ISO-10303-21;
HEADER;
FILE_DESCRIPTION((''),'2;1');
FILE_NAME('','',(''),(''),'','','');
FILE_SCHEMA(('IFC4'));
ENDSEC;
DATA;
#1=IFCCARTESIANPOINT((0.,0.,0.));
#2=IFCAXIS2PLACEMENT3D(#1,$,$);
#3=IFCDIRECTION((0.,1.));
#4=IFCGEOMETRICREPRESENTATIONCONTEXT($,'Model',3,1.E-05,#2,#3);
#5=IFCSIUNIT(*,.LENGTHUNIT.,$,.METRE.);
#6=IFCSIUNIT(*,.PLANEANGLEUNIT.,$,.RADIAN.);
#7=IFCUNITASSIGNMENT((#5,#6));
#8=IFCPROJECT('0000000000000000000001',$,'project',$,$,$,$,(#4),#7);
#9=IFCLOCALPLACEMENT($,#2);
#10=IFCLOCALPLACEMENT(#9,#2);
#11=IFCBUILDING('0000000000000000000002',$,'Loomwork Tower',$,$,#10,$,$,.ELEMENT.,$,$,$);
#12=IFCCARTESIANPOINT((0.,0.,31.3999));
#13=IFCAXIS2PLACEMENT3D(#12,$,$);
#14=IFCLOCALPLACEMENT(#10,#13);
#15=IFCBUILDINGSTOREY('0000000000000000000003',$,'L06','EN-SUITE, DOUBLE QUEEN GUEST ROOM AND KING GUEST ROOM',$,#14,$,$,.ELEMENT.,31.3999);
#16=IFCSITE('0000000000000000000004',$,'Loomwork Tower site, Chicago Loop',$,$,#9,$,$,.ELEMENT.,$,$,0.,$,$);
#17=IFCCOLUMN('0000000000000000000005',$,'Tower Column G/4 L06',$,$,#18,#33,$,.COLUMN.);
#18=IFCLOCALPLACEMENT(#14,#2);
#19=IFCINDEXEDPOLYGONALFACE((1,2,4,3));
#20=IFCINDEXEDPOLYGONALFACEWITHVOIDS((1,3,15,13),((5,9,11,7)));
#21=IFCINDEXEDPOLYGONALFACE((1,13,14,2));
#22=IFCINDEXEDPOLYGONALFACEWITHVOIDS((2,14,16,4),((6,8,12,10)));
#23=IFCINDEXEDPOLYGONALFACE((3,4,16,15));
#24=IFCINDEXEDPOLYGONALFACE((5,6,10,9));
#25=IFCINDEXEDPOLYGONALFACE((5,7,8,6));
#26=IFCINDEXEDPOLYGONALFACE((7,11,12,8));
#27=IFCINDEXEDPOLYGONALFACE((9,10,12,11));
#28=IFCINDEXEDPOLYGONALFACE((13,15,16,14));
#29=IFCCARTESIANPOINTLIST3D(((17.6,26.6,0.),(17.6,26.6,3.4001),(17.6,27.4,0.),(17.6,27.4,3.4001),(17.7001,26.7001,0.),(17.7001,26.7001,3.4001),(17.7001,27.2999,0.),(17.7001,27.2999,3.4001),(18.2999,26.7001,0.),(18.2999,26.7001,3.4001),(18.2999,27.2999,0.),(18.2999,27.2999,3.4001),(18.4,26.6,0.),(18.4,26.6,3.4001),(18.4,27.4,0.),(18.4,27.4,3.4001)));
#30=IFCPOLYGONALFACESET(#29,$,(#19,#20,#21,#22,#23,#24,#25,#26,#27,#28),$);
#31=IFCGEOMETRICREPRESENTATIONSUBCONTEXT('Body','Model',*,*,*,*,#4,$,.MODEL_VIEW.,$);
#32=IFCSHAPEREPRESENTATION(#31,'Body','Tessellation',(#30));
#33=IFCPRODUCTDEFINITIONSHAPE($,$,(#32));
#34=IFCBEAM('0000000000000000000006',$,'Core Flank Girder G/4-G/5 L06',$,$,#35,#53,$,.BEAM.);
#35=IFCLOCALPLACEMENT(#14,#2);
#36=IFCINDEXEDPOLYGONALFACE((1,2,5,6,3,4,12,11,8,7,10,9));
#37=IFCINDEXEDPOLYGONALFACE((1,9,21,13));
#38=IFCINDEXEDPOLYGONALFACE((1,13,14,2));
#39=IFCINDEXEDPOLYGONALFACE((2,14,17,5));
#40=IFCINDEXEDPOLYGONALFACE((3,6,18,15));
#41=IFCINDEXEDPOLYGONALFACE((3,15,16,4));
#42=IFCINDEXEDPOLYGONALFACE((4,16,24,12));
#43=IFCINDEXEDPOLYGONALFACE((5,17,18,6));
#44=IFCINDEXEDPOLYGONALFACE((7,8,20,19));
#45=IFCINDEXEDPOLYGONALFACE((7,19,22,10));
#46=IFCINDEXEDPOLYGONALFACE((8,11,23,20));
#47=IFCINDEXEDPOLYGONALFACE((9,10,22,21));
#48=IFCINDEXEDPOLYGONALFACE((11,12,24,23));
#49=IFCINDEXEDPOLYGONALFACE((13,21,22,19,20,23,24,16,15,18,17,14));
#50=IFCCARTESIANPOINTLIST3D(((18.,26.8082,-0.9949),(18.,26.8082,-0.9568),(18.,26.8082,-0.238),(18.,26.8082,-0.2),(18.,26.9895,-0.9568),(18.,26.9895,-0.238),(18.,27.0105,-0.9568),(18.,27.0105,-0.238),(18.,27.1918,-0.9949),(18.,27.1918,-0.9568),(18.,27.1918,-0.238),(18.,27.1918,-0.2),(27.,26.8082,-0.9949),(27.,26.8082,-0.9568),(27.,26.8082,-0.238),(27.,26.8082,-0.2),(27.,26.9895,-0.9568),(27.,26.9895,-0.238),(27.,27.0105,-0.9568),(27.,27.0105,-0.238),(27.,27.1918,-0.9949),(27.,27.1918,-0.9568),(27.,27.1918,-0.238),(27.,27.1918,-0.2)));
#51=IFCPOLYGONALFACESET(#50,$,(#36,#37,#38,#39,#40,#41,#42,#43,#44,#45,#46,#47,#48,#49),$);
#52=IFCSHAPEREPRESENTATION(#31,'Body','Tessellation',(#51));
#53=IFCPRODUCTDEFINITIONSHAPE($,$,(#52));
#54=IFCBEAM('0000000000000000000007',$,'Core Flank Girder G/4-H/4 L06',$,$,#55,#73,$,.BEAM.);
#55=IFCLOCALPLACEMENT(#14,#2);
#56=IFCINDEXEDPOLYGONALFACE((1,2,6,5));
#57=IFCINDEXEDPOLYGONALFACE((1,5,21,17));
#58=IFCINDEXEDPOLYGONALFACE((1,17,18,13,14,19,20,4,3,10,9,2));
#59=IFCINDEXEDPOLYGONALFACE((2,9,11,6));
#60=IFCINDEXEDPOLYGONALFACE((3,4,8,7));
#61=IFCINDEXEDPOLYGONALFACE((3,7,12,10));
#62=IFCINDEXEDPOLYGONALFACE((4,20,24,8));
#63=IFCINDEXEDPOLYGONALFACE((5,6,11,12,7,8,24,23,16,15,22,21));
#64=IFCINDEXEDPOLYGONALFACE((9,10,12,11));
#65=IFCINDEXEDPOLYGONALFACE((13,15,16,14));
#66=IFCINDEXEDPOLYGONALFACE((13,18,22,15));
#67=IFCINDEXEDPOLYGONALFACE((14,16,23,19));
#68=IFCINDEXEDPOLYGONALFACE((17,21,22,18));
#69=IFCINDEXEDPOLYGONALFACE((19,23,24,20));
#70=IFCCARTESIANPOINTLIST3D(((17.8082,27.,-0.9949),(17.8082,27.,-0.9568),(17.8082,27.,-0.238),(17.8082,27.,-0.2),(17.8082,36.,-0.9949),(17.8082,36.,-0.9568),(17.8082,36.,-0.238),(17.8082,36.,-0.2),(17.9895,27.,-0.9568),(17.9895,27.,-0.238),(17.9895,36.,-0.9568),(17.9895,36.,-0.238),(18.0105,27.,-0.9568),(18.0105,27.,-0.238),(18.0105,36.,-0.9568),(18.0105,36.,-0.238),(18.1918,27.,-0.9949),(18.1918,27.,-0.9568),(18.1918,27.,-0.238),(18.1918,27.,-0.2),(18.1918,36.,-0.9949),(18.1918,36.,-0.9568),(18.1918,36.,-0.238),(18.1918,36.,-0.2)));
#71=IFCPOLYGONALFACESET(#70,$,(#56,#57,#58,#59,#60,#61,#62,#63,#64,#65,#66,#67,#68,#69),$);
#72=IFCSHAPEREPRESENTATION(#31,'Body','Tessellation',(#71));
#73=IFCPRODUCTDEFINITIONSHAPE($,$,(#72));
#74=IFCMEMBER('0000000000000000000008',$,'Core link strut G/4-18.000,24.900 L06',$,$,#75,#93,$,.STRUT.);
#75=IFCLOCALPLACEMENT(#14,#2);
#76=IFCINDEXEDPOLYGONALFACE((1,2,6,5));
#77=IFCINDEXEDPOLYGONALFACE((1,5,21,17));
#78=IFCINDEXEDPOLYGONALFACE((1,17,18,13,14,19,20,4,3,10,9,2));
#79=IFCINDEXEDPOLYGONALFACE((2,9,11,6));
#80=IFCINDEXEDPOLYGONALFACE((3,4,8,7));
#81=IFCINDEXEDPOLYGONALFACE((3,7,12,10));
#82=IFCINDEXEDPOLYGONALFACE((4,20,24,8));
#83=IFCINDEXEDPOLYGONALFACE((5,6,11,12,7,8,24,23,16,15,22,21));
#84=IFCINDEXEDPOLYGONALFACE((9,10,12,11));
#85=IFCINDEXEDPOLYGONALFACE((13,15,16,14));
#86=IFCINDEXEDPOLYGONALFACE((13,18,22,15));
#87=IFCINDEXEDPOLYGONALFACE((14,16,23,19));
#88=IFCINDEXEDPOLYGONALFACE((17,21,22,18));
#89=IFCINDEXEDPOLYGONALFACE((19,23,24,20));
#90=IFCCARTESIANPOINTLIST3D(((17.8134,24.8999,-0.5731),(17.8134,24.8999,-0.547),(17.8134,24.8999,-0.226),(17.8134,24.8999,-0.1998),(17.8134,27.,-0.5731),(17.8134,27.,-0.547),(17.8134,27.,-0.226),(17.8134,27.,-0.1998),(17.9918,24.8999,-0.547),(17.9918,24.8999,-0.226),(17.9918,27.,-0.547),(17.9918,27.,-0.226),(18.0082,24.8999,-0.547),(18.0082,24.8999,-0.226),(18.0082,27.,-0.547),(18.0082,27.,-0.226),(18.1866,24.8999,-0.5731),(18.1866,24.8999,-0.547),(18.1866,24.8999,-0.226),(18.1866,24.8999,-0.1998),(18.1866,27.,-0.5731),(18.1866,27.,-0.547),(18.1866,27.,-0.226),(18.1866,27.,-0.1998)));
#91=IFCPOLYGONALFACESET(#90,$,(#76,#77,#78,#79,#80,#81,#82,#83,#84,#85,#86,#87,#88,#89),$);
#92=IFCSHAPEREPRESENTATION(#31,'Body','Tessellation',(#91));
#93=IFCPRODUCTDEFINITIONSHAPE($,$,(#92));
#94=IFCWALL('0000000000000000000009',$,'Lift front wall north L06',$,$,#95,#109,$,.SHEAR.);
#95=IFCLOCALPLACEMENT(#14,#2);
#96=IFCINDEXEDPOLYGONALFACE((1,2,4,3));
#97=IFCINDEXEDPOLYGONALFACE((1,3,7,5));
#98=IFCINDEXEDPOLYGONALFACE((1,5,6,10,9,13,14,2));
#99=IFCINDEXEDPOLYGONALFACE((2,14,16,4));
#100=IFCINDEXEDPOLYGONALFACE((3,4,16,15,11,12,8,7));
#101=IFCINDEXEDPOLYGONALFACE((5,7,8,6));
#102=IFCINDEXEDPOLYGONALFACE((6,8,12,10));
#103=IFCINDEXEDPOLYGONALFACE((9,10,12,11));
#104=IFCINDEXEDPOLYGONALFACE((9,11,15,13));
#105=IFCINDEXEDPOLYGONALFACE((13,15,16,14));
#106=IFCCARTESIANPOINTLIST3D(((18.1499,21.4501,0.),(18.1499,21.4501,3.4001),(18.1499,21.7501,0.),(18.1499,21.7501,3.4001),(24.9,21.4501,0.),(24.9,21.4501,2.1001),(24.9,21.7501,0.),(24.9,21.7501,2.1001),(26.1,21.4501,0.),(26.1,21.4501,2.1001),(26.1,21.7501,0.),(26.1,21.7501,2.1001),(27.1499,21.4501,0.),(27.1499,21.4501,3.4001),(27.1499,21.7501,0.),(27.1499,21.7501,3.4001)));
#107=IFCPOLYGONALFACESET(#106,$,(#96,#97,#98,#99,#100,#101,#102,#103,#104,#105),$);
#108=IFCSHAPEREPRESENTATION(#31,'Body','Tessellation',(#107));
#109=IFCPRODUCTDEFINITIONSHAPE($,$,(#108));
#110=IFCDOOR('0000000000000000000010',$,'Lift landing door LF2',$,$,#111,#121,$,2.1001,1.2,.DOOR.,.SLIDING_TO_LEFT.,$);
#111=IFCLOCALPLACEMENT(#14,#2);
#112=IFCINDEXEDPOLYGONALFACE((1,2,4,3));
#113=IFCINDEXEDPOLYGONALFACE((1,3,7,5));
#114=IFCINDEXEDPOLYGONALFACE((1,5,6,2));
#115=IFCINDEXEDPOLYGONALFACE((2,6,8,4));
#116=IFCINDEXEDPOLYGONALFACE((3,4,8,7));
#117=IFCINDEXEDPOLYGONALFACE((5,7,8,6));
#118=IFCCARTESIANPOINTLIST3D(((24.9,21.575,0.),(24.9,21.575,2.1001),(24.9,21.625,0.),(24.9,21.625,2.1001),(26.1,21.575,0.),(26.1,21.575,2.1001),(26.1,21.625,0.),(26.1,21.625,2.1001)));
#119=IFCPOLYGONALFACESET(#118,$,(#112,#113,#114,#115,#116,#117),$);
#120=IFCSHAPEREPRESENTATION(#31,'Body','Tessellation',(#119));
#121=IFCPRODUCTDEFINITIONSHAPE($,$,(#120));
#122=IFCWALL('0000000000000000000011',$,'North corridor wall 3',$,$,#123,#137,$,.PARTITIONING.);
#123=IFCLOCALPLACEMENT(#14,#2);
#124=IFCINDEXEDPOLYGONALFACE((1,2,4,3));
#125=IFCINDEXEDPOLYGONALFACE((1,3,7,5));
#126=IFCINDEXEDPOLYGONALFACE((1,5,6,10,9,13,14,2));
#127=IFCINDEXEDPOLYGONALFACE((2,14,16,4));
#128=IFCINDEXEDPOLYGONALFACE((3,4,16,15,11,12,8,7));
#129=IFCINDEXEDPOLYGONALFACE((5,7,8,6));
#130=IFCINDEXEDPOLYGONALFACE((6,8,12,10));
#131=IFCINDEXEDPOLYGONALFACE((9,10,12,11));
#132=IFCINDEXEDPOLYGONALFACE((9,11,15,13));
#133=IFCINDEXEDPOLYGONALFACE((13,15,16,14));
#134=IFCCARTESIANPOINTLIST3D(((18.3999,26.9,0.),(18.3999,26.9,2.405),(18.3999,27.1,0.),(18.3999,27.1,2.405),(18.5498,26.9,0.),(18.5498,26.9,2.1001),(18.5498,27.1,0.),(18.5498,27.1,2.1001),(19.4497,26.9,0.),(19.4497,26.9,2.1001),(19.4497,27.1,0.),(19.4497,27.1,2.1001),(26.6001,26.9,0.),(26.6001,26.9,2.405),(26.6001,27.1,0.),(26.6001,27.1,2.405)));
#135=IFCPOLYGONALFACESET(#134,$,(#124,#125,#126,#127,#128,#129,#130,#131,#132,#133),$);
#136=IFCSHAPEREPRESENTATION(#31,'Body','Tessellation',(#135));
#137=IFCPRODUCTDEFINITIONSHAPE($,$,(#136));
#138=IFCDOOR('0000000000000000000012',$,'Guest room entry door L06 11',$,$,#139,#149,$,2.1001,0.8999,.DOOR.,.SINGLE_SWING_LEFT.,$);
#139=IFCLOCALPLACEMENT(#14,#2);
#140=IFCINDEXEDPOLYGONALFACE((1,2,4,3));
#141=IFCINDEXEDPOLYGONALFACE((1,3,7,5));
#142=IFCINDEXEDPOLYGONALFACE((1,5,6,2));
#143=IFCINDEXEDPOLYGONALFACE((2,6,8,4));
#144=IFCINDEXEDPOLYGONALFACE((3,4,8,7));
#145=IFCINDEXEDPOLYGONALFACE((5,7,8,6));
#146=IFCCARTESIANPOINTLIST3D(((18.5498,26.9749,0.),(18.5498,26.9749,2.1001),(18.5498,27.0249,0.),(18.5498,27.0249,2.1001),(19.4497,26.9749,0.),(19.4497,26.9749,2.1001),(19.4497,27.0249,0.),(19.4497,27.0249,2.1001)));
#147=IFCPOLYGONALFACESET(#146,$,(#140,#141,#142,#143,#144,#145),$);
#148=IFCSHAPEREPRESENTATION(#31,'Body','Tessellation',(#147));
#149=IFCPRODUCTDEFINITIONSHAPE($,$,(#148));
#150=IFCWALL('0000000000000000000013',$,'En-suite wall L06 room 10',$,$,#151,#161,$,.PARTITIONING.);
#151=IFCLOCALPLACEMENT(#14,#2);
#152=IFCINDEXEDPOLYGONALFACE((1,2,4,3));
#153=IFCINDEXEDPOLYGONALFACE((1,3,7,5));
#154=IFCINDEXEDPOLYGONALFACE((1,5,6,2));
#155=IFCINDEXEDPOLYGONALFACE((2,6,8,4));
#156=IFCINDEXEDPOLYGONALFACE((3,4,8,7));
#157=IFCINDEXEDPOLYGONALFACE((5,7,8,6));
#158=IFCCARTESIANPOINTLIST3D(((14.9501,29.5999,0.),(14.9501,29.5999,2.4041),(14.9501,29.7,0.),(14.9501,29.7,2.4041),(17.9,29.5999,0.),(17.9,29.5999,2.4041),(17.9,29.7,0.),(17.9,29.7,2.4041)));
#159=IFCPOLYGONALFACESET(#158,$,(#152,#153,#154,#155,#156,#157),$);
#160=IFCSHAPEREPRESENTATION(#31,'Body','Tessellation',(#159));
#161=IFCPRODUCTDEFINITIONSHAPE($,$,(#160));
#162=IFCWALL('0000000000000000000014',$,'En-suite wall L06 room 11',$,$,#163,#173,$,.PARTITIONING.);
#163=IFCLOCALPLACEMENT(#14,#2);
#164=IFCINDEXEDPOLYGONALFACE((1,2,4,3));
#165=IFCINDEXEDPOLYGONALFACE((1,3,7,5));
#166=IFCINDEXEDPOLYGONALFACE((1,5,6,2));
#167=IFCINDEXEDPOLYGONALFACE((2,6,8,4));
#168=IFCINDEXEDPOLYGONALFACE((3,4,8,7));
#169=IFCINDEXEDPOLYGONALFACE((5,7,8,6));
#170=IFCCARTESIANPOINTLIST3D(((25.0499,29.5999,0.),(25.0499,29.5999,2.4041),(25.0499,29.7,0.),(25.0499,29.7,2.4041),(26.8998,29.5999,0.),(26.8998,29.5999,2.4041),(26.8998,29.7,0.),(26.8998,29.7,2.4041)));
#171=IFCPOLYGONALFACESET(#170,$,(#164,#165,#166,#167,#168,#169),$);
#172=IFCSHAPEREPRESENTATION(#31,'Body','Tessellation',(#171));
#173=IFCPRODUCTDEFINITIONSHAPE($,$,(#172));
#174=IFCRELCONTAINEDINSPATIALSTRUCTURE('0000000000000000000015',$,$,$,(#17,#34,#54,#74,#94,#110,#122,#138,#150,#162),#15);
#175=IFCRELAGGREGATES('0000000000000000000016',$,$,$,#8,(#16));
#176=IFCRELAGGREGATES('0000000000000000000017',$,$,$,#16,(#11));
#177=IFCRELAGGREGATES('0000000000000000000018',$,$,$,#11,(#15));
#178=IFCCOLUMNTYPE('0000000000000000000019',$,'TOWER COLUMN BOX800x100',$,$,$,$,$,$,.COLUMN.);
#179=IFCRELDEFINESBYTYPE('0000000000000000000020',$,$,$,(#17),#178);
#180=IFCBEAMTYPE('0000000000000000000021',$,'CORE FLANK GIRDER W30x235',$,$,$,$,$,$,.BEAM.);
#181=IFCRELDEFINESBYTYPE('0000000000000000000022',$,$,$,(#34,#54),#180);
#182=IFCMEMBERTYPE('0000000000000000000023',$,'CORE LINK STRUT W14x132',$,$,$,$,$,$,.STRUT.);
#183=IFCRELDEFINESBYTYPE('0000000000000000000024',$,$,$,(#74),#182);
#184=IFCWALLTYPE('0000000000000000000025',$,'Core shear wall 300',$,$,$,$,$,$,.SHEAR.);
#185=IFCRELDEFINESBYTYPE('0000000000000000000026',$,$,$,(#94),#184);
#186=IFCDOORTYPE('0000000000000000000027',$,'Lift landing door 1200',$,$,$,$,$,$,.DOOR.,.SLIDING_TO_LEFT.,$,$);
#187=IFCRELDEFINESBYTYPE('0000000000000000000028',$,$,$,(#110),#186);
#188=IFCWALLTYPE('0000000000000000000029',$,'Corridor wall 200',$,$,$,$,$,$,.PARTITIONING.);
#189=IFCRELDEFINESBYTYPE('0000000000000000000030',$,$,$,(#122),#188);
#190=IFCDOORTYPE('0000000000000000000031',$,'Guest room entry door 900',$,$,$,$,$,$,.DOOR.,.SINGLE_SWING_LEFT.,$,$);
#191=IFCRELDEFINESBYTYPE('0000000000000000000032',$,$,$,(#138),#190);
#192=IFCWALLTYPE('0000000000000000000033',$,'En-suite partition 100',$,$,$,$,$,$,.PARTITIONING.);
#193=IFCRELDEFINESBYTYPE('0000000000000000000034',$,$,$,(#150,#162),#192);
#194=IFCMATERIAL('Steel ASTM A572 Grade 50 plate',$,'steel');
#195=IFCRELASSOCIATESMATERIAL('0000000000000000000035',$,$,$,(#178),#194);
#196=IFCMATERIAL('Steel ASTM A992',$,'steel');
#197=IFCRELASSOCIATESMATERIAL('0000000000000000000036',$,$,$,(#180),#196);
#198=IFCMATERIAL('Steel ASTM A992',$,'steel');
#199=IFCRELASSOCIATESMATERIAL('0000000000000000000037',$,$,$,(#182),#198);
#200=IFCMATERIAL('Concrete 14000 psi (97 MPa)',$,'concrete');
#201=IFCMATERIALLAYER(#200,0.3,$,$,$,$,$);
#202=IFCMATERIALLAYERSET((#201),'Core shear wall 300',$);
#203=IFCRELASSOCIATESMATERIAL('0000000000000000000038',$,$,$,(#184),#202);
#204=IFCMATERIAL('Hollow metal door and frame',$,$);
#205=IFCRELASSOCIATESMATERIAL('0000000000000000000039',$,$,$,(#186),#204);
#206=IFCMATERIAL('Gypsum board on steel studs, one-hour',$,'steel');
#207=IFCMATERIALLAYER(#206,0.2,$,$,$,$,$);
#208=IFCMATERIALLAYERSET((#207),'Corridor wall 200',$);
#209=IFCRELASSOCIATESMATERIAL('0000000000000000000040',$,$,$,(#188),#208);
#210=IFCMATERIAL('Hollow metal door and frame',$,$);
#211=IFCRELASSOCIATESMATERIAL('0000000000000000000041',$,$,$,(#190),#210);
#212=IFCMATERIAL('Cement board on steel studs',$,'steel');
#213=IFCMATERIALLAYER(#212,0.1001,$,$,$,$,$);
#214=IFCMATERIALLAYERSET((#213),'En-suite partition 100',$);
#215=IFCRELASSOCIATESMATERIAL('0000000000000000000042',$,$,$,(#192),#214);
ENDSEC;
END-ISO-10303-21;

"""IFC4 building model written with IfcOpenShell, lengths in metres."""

from ifc_helpers import new_model, si_unit, direction, frame, frame_2d, origin, origin_2d, place, context, subcontext, project, spatial, rectangle, hollow_rectangle, i_section, extrude, material, layer, layer_set, material_profile, profile_set, type_object, element, fill, save


model = new_model("IFC4")

# Units and contexts
model_context = context("Model", 3, precision=1e-05, world=origin(), true_north=direction((0.0, 1.0)))
body_context = subcontext(model_context, "Body", "Model", "MODEL_VIEW")
ifc_project = project(units=[si_unit("LENGTHUNIT", "METRE"), si_unit("PLANEANGLEUNIT", "RADIAN")], contexts=[model_context])

# Site, building, storey
site_placement = place(None, origin())
site = spatial("IfcSite", under=ifc_project, at=site_placement, Name="Loomwork Tower site, Chicago Loop", CompositionType="ELEMENT", RefElevation=0.0)
building_placement = place(site_placement, origin())
building = spatial("IfcBuilding", under=site, at=building_placement, Name="Loomwork Tower", CompositionType="ELEMENT")
storey_placement = place(building_placement, frame((0.0, 0.0, 31.3999)))
storey = spatial("IfcBuildingStorey", under=building, at=storey_placement, Name="L06", Description="EN-SUITE, DOUBLE QUEEN GUEST ROOM AND KING GUEST ROOM", CompositionType="ELEMENT", Elevation=31.3999)

# Column
ifc_material_1 = material(Name="Steel ASTM A572 Grade 50 plate", Category="steel")
ifc_material_profile_1 = material_profile(ifc_material_1, hollow_rectangle(XDim=0.8, YDim=0.8, WallThickness=0.1001, at=origin_2d()), Name="BOX800x100")
ifc_profile_set_1 = profile_set([ifc_material_profile_1], Name="Steel ASTM A572 Grade 50 plate")
column_type = type_object("IfcColumnType", Name="TOWER COLUMN BOX800x100", PredefinedType="COLUMN", material=ifc_profile_set_1)
column_placement = place(storey_placement, frame((18.0, 27.0, 0.0), z_axis=(0.0, 0.0, 1.0), x_axis=(1.0, 0.0, 0.0)))
element("IfcColumn", 1, at=column_placement, inside=storey, type_object=column_type, Name="Tower Column G/4 L06", PredefinedType="COLUMN", context=body_context, shape_type="SweptSolid", body=[
    extrude(hollow_rectangle(XDim=0.8, YDim=0.8, WallThickness=0.1001, at=origin_2d()), origin(), (0.0, 0.0, 1.0), 3.4001),
])

# Beams
ifc_material_2 = material(Name="Steel ASTM A992", Category="steel")
ifc_material_profile_2 = material_profile(ifc_material_2, i_section(OverallWidth=0.3835, OverallDepth=0.7949, WebThickness=0.021, FlangeThickness=0.0381, at=origin_2d()), Name="W30x235")
ifc_profile_set_2 = profile_set([ifc_material_profile_2], Name="Steel ASTM A992")
beam_type = type_object("IfcBeamType", Name="CORE FLANK GIRDER W30x235", PredefinedType="BEAM", material=ifc_profile_set_2)
for number, where, z_axis, x_axis, name in (
    (2, (18.0, 27.0, -0.5974), (1.0, 0.0, 0.0), (0.0, 1.0, 0.0), "Core Flank Girder G/4-G/5 L06"),
    (3, (18.0, 27.0, -0.5974), (0.0, 1.0, 0.0), (-1.0, 0.0, 0.0), "Core Flank Girder G/4-H/4 L06"),
):
    element("IfcBeam", number, at=place(storey_placement, frame(where, z_axis=z_axis, x_axis=x_axis)), inside=storey, type_object=beam_type, Name=name, PredefinedType="BEAM", context=body_context, shape_type="SweptSolid", body=[
        extrude(i_section(OverallWidth=0.3835, OverallDepth=0.7949, WebThickness=0.021, FlangeThickness=0.0381, at=origin_2d()), origin(), (0.0, 0.0, 1.0), 9.0),
    ])

# Member
ifc_material_3 = material(Name="Steel ASTM A992", Category="steel")
ifc_material_profile_3 = material_profile(ifc_material_3, i_section(OverallWidth=0.3733, OverallDepth=0.3733, WebThickness=0.0164, FlangeThickness=0.0261, at=origin_2d()), Name="W14x132")
ifc_profile_set_3 = profile_set([ifc_material_profile_3], Name="Steel ASTM A992")
member_type = type_object("IfcMemberType", Name="CORE LINK STRUT W14x132", PredefinedType="STRUT", material=ifc_profile_set_3)
member_placement = place(storey_placement, frame((18.0, 27.0, -0.3865), z_axis=(0.0, -1.0, 0.0), x_axis=(1.0, 0.0, 0.0)))
element("IfcMember", 4, at=member_placement, inside=storey, type_object=member_type, Name="Core link strut G/4-18.000,24.900 L06", PredefinedType="STRUT", context=body_context, shape_type="SweptSolid", body=[
    extrude(i_section(OverallWidth=0.3733, OverallDepth=0.3733, WebThickness=0.0164, FlangeThickness=0.0261, at=origin_2d()), origin(), (0.0, 0.0, 1.0), 2.1001),
])

# Walls, openings, doors
ifc_material_4 = material(Name="Concrete 14000 psi (97 MPa)", Category="concrete")
ifc_layer_1 = layer(ifc_material_4, 0.3)
ifc_layer_set_1 = layer_set([ifc_layer_1], Name="Core shear wall 300")
wall_type_1 = type_object("IfcWallType", Name="Core shear wall 300", PredefinedType="SHEAR", material=ifc_layer_set_1)
wall_1_placement = place(storey_placement, frame((18.1499, 21.6001, 0.0), z_axis=(0.0, 0.0, 1.0), x_axis=(1.0, 0.0, 0.0)))
wall_1 = element("IfcWall", 5, at=wall_1_placement, inside=storey, type_object=wall_type_1, Name="Lift front wall north L06", PredefinedType="SHEAR", context=body_context, shape_type="SweptSolid", body=[
    extrude(rectangle(XDim=9.0, YDim=0.3, at=frame_2d((4.5, 0.0))), origin(), (0.0, 0.0, 1.0), 3.4001),
])
opening_1_placement = place(wall_1_placement, frame((6.75, 0.0, 0.0)))
opening_1 = element("IfcOpeningElement", 6, at=opening_1_placement, cuts=wall_1, PredefinedType="OPENING", context=body_context, shape_type="SweptSolid", body=[
    extrude(rectangle(XDim=1.2, YDim=2.1001, at=frame_2d((0.6001, 1.05))), frame((0.0, 0.1599, 0.0), z_axis=(0.0, -1.0, 0.0), x_axis=(1.0, 0.0, 0.0)), (0.0, 0.0, 1.0), 0.3201),
])
ifc_material_5 = material(Name="Hollow metal door and frame")
door_type_1 = type_object("IfcDoorType", Name="Lift landing door 1200", OperationType="SLIDING_TO_LEFT", PredefinedType="DOOR", material=ifc_material_5)
door_1_placement = place(opening_1_placement, origin())
door_1 = element("IfcDoor", 7, at=door_1_placement, inside=storey, type_object=door_type_1, Name="Lift landing door LF2", OperationType="SLIDING_TO_LEFT", OverallHeight=2.1001, OverallWidth=1.2, PredefinedType="DOOR", context=body_context, shape_type="SweptSolid", body=[
    extrude(rectangle(XDim=1.2, YDim=2.1001, at=frame_2d((0.6001, 1.05))), frame((0.0, 0.0249, 0.0), z_axis=(0.0, -1.0, 0.0), x_axis=(1.0, 0.0, 0.0)), (0.0, 0.0, 1.0), 0.05),
])
fill(opening_1, door_1)
ifc_material_6 = material(Name="Gypsum board on steel studs, one-hour", Category="steel")
ifc_layer_2 = layer(ifc_material_6, 0.2)
ifc_layer_set_2 = layer_set([ifc_layer_2], Name="Corridor wall 200")
wall_type_2 = type_object("IfcWallType", Name="Corridor wall 200", PredefinedType="PARTITIONING", material=ifc_layer_set_2)
wall_2_placement = place(storey_placement, frame((18.3999, 27.0, 0.0), z_axis=(0.0, 0.0, 1.0), x_axis=(1.0, 0.0, 0.0)))
wall_2 = element("IfcWall", 8, at=wall_2_placement, inside=storey, type_object=wall_type_2, Name="North corridor wall 3", PredefinedType="PARTITIONING", context=body_context, shape_type="SweptSolid", body=[
    extrude(rectangle(XDim=8.2002, YDim=0.2, at=frame_2d((4.1001, 0.0))), origin(), (0.0, 0.0, 1.0), 2.405),
])
opening_2_placement = place(wall_2_placement, frame((0.1499, 0.0, 0.0)))
opening_2 = element("IfcOpeningElement", 9, at=opening_2_placement, cuts=wall_2, PredefinedType="OPENING", context=body_context, shape_type="SweptSolid", body=[
    extrude(rectangle(XDim=0.8999, YDim=2.1001, at=frame_2d((0.45, 1.05))), frame((0.0, 0.1099, 0.0), z_axis=(0.0, -1.0, 0.0), x_axis=(1.0, 0.0, 0.0)), (0.0, 0.0, 1.0), 0.22),
])
ifc_material_7 = material(Name="Hollow metal door and frame")
door_type_2 = type_object("IfcDoorType", Name="Guest room entry door 900", OperationType="SINGLE_SWING_LEFT", PredefinedType="DOOR", material=ifc_material_7)
door_2_placement = place(opening_2_placement, origin())
door_2 = element("IfcDoor", 10, at=door_2_placement, inside=storey, type_object=door_type_2, Name="Guest room entry door L06 11", OperationType="SINGLE_SWING_LEFT", OverallHeight=2.1001, OverallWidth=0.8999, PredefinedType="DOOR", context=body_context, shape_type="SweptSolid", body=[
    extrude(rectangle(XDim=0.8999, YDim=2.1001, at=frame_2d((0.45, 1.05))), frame((0.0, 0.0249, 0.0), z_axis=(0.0, -1.0, 0.0), x_axis=(1.0, 0.0, 0.0)), (0.0, 0.0, 1.0), 0.05),
])
fill(opening_2, door_2)

# Walls
ifc_material_8 = material(Name="Cement board on steel studs", Category="steel")
ifc_layer_3 = layer(ifc_material_8, 0.1001)
ifc_layer_set_3 = layer_set([ifc_layer_3], Name="En-suite partition 100")
wall_type_3 = type_object("IfcWallType", Name="En-suite partition 100", PredefinedType="PARTITIONING", material=ifc_layer_set_3)
wall_3_placement = place(storey_placement, frame((14.95, 29.6499, 0.0), z_axis=(0.0, 0.0, 1.0), x_axis=(1.0, 0.0, 0.0)))
element("IfcWall", 11, at=wall_3_placement, inside=storey, type_object=wall_type_3, Name="En-suite wall L06 room 10", PredefinedType="PARTITIONING", context=body_context, shape_type="SweptSolid", body=[
    extrude(rectangle(XDim=2.95, YDim=0.1001, at=frame_2d((1.4751, 0.0))), origin(), (0.0, 0.0, 1.0), 2.4041),
])
wall_4_placement = place(storey_placement, frame((25.05, 29.6499, 0.0), z_axis=(0.0, 0.0, 1.0), x_axis=(1.0, 0.0, 0.0)))
element("IfcWall", 12, at=wall_4_placement, inside=storey, type_object=wall_type_3, Name="En-suite wall L06 room 11", PredefinedType="PARTITIONING", context=body_context, shape_type="SweptSolid", body=[
    extrude(rectangle(XDim=1.8499, YDim=0.1001, at=frame_2d((0.9248, 0.0))), origin(), (0.0, 0.0, 1.0), 2.4041),
])

save(model, "model.ifc")
